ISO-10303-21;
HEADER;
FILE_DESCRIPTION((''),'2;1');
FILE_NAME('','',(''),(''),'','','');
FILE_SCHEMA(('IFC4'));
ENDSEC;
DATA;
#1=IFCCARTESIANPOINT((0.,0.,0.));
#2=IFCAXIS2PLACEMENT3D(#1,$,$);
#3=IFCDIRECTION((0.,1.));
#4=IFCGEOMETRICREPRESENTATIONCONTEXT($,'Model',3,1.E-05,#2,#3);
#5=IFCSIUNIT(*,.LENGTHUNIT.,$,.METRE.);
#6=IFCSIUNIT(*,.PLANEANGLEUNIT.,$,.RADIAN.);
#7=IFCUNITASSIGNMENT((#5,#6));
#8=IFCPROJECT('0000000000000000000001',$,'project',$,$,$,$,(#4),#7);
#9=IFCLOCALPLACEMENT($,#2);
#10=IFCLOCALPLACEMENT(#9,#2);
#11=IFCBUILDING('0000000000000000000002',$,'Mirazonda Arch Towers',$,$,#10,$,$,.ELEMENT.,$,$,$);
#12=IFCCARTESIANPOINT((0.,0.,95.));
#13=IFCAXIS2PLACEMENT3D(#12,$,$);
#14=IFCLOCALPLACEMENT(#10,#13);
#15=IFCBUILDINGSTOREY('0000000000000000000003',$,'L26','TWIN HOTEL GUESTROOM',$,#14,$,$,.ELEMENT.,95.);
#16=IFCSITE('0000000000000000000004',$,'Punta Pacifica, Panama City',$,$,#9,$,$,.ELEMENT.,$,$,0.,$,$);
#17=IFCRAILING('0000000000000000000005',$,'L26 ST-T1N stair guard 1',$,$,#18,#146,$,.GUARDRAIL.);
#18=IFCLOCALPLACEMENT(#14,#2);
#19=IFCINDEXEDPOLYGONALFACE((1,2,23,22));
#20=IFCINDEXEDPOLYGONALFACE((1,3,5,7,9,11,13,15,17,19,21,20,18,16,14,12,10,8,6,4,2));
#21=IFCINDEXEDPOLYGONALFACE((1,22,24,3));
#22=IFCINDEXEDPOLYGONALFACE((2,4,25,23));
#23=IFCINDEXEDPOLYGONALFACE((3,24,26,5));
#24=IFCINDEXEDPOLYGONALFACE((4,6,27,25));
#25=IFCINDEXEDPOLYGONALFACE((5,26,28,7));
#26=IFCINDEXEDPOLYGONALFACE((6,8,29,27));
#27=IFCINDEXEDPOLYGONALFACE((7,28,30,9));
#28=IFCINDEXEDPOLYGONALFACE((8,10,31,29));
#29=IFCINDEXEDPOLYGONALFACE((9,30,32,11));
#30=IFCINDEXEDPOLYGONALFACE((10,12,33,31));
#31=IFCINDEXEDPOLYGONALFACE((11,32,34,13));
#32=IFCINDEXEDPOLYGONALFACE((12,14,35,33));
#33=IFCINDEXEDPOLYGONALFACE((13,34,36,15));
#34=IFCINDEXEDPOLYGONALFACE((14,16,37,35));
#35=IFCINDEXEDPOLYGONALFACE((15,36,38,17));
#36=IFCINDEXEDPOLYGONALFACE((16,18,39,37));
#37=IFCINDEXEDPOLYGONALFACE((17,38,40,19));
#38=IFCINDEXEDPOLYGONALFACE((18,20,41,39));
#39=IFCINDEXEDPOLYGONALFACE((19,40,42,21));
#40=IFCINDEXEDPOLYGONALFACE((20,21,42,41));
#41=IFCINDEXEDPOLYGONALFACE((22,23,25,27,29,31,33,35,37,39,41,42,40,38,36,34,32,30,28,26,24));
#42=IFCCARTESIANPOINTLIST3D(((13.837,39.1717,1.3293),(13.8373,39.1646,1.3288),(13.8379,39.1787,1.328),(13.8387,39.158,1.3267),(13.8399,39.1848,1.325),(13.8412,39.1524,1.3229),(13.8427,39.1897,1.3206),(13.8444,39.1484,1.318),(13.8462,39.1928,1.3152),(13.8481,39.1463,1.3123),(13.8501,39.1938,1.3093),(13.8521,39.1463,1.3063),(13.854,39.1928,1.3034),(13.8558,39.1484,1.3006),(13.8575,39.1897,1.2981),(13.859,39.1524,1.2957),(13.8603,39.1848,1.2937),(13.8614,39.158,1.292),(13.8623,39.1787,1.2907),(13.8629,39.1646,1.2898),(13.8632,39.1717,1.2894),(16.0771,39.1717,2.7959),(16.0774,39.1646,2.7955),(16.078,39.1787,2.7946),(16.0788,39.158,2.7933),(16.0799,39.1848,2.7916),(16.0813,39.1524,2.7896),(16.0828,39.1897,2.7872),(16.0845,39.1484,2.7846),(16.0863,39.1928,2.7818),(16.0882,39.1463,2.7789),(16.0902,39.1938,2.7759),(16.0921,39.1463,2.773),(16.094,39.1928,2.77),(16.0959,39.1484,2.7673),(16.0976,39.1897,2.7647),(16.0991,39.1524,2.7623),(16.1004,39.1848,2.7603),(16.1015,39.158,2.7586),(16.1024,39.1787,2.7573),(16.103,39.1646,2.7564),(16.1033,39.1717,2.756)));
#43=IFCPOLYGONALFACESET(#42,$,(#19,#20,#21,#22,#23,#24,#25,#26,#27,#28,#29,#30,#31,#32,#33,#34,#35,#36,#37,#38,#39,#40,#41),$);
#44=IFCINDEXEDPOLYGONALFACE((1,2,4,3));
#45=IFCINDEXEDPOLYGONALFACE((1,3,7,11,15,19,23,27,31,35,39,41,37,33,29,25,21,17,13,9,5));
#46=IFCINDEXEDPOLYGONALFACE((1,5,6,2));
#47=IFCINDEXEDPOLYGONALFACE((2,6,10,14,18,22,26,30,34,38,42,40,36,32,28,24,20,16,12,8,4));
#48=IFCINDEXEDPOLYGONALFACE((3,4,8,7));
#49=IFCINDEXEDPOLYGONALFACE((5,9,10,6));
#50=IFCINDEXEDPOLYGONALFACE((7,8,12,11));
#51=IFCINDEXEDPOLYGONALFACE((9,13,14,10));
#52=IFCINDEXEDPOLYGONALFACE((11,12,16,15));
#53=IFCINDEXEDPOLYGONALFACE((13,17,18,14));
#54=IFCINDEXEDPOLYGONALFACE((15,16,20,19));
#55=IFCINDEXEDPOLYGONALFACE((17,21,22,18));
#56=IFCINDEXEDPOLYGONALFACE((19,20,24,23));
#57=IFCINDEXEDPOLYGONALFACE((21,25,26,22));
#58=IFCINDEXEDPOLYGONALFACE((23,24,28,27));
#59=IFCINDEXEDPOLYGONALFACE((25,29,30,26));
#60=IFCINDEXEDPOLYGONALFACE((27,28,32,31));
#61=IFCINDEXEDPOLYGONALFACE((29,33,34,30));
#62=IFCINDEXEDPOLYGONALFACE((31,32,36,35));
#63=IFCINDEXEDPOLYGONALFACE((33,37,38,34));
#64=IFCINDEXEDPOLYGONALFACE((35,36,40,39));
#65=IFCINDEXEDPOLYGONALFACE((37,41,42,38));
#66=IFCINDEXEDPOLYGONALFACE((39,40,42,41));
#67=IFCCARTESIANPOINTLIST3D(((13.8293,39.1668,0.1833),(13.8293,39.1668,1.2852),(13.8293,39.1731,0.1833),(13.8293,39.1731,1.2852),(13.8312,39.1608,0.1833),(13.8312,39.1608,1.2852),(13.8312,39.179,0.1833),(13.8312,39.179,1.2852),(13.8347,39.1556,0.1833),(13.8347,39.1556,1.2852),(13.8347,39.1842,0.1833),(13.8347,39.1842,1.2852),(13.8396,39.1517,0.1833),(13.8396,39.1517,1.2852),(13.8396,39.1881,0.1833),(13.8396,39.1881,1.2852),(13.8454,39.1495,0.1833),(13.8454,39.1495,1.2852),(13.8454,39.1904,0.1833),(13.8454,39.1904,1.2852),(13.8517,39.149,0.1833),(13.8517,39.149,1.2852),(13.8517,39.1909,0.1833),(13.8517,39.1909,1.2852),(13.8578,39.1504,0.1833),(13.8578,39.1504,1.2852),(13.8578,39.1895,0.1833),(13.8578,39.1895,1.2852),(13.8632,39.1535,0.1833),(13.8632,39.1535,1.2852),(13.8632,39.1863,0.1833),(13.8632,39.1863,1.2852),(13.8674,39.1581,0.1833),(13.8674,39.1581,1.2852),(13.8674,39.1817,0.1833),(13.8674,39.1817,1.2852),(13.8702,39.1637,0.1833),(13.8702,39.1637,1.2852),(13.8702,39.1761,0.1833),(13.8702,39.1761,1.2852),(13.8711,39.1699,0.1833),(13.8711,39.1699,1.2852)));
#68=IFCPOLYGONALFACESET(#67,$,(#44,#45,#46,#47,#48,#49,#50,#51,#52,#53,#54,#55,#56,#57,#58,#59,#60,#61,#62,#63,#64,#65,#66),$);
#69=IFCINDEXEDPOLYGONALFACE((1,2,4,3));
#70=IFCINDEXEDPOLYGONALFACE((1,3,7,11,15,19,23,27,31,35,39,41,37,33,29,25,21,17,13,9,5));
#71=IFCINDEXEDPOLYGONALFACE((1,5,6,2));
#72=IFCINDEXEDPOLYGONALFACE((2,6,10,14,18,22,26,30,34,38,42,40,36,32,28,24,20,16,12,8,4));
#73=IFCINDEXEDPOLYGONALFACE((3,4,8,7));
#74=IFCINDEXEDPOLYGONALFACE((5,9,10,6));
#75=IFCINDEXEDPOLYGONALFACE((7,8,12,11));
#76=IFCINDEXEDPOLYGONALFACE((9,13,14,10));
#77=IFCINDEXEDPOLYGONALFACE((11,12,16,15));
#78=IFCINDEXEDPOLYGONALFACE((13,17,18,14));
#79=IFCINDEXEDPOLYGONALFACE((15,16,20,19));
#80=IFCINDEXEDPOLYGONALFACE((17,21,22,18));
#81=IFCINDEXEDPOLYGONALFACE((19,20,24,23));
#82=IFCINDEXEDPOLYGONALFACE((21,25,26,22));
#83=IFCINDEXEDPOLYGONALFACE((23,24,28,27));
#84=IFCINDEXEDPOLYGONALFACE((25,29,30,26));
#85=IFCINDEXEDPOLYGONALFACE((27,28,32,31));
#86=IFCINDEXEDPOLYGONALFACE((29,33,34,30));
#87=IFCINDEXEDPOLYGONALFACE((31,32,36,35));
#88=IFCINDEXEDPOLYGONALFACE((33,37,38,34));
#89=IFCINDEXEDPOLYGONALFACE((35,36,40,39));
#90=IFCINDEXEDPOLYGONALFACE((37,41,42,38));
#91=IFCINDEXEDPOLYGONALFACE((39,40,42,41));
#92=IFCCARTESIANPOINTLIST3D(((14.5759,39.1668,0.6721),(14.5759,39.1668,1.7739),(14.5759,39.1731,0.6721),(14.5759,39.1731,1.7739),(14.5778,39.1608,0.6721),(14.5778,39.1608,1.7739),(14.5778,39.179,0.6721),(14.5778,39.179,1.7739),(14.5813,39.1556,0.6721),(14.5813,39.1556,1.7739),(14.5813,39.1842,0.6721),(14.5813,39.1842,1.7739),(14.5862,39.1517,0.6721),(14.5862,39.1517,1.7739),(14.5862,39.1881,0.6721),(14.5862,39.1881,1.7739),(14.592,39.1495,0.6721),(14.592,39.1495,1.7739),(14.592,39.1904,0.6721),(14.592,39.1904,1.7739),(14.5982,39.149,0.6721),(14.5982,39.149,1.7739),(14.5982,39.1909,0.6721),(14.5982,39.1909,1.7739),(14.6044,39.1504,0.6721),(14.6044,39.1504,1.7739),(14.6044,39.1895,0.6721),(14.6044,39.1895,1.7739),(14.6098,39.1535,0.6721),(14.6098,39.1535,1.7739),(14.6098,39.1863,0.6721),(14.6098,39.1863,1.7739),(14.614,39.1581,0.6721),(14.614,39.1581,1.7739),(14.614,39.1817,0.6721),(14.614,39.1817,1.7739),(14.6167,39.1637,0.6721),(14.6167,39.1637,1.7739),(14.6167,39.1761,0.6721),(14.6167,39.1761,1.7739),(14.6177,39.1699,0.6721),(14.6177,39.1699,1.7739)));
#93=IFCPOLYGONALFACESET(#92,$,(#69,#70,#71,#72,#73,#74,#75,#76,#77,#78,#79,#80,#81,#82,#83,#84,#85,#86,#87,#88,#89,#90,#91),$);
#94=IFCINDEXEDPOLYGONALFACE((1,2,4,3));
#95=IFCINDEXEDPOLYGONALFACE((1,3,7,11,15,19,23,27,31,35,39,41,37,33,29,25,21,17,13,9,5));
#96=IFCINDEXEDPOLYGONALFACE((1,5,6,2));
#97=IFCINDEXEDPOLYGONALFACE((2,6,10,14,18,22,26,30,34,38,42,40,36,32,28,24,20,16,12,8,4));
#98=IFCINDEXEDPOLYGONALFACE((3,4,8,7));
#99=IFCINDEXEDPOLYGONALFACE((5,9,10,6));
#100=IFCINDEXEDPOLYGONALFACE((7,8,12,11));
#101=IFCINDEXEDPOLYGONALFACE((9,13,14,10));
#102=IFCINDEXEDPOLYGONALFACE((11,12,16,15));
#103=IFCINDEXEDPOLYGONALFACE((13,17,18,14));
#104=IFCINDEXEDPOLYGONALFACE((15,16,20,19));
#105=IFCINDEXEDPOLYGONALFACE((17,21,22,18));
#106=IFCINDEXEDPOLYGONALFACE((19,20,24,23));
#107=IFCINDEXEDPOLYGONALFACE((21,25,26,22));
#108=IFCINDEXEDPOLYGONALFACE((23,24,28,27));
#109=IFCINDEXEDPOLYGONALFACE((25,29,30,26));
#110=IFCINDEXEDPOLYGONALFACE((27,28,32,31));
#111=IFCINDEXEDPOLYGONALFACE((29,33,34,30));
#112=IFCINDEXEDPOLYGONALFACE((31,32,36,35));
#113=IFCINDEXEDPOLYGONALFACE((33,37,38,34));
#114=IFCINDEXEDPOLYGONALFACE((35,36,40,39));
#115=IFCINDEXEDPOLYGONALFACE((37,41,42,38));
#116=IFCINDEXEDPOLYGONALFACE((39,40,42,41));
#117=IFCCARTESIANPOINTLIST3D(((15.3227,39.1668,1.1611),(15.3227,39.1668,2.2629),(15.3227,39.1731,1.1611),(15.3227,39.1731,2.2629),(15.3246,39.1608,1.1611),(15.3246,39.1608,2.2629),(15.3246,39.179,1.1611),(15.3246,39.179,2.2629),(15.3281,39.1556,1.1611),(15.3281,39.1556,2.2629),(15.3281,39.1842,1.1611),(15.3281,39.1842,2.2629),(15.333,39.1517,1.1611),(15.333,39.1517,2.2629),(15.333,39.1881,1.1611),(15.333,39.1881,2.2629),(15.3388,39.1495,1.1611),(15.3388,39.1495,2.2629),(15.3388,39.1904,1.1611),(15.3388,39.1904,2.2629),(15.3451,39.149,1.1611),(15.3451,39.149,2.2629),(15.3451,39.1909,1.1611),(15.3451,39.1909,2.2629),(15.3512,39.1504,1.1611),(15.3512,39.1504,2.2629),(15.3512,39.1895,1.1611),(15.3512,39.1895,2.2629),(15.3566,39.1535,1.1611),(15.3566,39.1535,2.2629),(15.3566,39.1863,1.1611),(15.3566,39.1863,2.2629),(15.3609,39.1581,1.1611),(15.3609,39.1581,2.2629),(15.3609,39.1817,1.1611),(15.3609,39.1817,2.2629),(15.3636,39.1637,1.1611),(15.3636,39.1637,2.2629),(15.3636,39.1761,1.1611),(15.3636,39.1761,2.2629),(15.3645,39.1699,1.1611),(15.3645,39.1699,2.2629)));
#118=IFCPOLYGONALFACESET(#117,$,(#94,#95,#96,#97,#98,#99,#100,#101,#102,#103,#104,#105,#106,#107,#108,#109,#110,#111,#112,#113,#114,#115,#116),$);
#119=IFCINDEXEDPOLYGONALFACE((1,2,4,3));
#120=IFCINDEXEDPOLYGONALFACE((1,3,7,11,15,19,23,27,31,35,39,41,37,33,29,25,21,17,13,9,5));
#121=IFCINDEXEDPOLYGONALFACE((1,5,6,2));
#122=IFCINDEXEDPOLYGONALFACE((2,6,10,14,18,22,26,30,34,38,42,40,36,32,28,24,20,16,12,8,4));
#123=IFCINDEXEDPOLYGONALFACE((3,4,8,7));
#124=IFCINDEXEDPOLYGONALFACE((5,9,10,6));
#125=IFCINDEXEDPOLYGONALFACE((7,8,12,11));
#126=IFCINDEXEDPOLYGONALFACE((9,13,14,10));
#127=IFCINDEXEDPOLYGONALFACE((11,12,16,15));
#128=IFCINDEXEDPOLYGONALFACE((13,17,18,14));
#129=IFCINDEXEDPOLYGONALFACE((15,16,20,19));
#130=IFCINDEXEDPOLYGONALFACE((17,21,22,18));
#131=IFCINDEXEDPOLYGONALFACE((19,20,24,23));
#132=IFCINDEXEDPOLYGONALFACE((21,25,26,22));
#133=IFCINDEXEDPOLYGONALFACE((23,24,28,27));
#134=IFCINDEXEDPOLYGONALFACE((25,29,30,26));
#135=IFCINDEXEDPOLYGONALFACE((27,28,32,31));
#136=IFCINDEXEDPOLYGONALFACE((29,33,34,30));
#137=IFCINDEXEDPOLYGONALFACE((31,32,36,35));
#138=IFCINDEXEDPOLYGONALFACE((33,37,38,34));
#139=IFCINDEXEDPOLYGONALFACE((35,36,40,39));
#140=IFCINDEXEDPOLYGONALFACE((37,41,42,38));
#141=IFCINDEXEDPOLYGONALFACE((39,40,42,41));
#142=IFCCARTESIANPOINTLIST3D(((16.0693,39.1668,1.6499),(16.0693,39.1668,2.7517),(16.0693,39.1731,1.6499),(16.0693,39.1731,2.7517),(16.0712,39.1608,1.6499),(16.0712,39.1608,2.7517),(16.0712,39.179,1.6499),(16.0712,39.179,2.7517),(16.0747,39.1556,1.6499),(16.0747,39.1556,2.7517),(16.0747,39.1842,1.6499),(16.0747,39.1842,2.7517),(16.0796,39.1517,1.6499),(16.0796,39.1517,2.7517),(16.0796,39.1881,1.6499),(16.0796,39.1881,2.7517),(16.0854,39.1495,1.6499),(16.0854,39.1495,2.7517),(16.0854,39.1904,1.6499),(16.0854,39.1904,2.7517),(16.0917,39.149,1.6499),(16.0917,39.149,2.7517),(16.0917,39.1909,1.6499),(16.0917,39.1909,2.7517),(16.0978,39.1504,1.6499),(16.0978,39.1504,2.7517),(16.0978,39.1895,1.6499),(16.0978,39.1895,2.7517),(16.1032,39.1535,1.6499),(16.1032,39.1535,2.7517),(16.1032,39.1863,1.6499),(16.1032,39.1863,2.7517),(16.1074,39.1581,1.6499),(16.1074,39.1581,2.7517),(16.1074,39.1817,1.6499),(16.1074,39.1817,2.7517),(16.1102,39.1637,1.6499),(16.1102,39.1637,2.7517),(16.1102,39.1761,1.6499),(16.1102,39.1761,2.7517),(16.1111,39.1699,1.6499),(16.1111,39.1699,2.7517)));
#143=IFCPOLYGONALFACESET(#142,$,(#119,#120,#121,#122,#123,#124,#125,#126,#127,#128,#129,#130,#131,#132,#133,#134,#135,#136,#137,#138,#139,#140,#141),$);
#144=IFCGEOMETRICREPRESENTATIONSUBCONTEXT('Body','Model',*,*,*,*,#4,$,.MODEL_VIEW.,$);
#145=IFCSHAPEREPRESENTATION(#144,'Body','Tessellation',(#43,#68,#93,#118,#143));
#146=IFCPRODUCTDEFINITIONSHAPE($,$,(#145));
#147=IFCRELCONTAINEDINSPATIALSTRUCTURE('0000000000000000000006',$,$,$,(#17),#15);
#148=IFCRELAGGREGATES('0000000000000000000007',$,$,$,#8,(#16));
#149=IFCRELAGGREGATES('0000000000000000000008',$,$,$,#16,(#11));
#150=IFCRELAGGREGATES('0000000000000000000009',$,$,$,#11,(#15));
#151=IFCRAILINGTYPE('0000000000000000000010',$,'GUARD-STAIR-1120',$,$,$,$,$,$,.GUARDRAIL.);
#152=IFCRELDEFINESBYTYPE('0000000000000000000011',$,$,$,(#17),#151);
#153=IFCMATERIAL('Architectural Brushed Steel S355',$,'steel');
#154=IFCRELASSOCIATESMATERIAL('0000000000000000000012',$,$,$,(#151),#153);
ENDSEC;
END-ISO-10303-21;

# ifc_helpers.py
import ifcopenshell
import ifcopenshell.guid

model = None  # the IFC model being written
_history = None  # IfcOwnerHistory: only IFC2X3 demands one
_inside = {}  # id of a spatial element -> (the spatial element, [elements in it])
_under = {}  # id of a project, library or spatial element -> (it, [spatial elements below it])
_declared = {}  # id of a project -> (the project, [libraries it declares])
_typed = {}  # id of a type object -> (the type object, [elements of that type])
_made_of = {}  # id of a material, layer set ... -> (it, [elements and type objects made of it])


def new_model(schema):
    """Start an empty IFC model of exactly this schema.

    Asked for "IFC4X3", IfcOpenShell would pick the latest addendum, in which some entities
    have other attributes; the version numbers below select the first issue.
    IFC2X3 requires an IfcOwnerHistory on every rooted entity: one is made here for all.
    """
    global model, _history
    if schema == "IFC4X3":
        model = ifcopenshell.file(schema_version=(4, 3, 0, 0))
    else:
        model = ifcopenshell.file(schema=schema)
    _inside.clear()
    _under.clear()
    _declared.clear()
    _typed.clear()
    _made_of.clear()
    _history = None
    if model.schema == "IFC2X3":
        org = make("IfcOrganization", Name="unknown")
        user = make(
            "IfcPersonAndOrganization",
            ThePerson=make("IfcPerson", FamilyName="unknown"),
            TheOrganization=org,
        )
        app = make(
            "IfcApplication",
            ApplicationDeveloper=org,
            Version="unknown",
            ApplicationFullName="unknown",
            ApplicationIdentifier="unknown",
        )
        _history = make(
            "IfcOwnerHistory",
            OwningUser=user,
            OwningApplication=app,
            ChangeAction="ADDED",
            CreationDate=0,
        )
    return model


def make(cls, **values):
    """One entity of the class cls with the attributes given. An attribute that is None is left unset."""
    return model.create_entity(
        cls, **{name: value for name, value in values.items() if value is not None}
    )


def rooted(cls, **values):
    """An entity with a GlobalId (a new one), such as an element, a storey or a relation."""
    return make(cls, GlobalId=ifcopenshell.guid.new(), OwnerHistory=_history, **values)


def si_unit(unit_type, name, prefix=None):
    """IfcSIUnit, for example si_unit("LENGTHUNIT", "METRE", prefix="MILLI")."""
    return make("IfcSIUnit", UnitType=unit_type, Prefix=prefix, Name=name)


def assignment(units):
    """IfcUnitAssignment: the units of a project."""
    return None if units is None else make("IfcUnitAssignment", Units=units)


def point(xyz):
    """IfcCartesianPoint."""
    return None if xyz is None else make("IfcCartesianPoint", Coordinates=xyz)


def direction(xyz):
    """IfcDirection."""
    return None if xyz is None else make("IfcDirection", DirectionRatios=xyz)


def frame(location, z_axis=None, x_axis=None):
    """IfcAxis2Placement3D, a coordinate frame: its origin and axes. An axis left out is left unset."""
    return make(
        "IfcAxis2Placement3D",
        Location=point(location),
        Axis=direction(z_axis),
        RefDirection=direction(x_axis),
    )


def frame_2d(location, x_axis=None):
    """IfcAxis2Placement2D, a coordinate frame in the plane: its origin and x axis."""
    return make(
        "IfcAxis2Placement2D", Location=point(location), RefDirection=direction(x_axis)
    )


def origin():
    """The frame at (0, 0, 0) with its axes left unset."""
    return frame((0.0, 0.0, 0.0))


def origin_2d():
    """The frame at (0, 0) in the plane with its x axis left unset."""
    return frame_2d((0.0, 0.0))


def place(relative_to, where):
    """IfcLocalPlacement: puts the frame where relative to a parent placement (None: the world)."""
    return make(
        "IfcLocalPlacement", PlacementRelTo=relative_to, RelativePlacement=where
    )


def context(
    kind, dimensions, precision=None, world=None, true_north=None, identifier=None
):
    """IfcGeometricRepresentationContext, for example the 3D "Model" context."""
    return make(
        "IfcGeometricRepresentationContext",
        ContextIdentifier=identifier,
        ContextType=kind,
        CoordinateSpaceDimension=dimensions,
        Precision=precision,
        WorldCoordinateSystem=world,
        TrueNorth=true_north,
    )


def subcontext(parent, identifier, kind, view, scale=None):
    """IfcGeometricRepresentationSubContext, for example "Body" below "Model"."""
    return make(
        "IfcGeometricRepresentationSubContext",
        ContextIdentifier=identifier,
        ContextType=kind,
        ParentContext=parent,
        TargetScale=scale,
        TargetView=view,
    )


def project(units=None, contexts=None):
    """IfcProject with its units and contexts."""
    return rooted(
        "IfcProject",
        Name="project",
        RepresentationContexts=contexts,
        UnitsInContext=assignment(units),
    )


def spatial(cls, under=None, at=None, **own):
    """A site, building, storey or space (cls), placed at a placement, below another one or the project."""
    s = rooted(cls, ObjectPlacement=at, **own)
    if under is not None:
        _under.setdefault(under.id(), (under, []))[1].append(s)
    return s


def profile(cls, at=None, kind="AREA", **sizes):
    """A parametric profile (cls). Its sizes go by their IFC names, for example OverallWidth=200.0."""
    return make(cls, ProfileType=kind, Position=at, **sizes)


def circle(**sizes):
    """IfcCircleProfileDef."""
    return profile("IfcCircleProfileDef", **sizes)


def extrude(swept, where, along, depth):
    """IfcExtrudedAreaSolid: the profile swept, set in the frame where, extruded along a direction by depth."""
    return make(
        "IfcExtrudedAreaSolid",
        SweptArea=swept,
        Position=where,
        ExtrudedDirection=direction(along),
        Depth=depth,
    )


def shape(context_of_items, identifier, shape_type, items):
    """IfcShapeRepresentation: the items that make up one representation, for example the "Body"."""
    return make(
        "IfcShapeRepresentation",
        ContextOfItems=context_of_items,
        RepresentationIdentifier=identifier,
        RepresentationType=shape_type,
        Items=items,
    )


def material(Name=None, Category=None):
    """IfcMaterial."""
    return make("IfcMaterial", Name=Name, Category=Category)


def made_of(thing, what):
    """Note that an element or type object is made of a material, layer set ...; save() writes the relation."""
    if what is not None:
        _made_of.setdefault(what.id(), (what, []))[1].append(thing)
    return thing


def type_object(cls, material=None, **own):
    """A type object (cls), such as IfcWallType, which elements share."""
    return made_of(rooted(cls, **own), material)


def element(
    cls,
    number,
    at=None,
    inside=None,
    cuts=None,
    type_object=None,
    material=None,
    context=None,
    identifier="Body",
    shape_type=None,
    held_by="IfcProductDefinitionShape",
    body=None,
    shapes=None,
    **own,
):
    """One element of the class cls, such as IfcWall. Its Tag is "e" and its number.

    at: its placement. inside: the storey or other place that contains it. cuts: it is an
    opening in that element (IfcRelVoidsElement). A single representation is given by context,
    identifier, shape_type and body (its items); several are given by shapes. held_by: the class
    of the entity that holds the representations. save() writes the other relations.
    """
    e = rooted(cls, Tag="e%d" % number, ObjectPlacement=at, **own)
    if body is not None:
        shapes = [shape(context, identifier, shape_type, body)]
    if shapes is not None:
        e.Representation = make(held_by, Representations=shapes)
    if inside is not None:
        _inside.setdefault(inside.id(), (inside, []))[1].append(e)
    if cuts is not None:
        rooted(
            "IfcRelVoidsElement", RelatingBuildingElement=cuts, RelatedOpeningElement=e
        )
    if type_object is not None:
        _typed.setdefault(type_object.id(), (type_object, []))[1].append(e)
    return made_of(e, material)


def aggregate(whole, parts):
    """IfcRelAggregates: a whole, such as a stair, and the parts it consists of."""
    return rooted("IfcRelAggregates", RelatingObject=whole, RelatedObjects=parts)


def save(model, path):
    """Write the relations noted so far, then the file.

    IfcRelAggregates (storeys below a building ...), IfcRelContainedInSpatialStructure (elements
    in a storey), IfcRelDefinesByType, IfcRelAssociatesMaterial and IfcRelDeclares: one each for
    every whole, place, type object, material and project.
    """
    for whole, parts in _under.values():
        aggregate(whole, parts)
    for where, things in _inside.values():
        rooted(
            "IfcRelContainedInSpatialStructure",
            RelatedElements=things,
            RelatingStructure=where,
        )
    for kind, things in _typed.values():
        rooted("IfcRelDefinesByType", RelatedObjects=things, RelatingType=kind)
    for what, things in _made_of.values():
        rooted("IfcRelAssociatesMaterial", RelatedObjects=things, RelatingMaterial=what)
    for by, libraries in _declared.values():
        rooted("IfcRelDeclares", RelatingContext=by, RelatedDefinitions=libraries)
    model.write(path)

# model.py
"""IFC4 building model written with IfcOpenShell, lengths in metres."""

from ifc_helpers import new_model, si_unit, direction, frame, origin, origin_2d, place, context, subcontext, project, spatial, circle, extrude, material, type_object, element, save


model = new_model("IFC4")

# Units and contexts
model_context = context("Model", 3, precision=1e-05, world=origin(), true_north=direction((0.0, 1.0)))
body_context = subcontext(model_context, "Body", "Model", "MODEL_VIEW")
ifc_project = project(units=[si_unit("LENGTHUNIT", "METRE"), si_unit("PLANEANGLEUNIT", "RADIAN")], contexts=[model_context])

# Site, building, storey
site_placement = place(None, origin())
site = spatial("IfcSite", under=ifc_project, at=site_placement, Name="Punta Pacifica, Panama City", CompositionType="ELEMENT", RefElevation=0.0)
building_placement = place(site_placement, origin())
building = spatial("IfcBuilding", under=site, at=building_placement, Name="Mirazonda Arch Towers", CompositionType="ELEMENT")
storey_placement = place(building_placement, frame((0.0, 0.0, 95.0)))
storey = spatial("IfcBuildingStorey", under=building, at=storey_placement, Name="L26", Description="TWIN HOTEL GUESTROOM", CompositionType="ELEMENT", Elevation=95.0)

# Shared definitions
ifc_material_1 = material(Name="Architectural Brushed Steel S355", Category="steel")

# Railing
railing_type_1 = type_object("IfcRailingType", Name="GUARD-STAIR-1120", PredefinedType="GUARDRAIL", material=ifc_material_1)
railing_1_placement = place(storey_placement, frame((13.8501, 39.1699, 0.1833)))
element("IfcRailing", 1, at=railing_1_placement, inside=storey, type_object=railing_type_1, Name="L26 ST-T1N stair guard 1", PredefinedType="GUARDRAIL", context=body_context, shape_type="SweptSolid", body=[
    extrude(circle(Radius=0.0239, at=origin_2d()), frame((0.0, 0.0, 1.126), z_axis=(0.836637, 0.0, 0.547758), x_axis=(0.0, 1.0, 0.0)), (0.0, 0.0, 1.0), 2.6775),
    extrude(circle(Radius=0.021, at=origin_2d()), origin(), (0.0, 0.0, 1.0), 1.1018),
    extrude(circle(Radius=0.021, at=origin_2d()), frame((0.7466, 0.0, 0.4888)), (0.0, 0.0, 1.0), 1.1018),
    extrude(circle(Radius=0.021, at=origin_2d()), frame((1.4934, 0.0, 0.9778)), (0.0, 0.0, 1.0), 1.1018),
    extrude(circle(Radius=0.021, at=origin_2d()), frame((2.24, 0.0, 1.4666)), (0.0, 0.0, 1.0), 1.1018),
])

save(model, "model.ifc")
